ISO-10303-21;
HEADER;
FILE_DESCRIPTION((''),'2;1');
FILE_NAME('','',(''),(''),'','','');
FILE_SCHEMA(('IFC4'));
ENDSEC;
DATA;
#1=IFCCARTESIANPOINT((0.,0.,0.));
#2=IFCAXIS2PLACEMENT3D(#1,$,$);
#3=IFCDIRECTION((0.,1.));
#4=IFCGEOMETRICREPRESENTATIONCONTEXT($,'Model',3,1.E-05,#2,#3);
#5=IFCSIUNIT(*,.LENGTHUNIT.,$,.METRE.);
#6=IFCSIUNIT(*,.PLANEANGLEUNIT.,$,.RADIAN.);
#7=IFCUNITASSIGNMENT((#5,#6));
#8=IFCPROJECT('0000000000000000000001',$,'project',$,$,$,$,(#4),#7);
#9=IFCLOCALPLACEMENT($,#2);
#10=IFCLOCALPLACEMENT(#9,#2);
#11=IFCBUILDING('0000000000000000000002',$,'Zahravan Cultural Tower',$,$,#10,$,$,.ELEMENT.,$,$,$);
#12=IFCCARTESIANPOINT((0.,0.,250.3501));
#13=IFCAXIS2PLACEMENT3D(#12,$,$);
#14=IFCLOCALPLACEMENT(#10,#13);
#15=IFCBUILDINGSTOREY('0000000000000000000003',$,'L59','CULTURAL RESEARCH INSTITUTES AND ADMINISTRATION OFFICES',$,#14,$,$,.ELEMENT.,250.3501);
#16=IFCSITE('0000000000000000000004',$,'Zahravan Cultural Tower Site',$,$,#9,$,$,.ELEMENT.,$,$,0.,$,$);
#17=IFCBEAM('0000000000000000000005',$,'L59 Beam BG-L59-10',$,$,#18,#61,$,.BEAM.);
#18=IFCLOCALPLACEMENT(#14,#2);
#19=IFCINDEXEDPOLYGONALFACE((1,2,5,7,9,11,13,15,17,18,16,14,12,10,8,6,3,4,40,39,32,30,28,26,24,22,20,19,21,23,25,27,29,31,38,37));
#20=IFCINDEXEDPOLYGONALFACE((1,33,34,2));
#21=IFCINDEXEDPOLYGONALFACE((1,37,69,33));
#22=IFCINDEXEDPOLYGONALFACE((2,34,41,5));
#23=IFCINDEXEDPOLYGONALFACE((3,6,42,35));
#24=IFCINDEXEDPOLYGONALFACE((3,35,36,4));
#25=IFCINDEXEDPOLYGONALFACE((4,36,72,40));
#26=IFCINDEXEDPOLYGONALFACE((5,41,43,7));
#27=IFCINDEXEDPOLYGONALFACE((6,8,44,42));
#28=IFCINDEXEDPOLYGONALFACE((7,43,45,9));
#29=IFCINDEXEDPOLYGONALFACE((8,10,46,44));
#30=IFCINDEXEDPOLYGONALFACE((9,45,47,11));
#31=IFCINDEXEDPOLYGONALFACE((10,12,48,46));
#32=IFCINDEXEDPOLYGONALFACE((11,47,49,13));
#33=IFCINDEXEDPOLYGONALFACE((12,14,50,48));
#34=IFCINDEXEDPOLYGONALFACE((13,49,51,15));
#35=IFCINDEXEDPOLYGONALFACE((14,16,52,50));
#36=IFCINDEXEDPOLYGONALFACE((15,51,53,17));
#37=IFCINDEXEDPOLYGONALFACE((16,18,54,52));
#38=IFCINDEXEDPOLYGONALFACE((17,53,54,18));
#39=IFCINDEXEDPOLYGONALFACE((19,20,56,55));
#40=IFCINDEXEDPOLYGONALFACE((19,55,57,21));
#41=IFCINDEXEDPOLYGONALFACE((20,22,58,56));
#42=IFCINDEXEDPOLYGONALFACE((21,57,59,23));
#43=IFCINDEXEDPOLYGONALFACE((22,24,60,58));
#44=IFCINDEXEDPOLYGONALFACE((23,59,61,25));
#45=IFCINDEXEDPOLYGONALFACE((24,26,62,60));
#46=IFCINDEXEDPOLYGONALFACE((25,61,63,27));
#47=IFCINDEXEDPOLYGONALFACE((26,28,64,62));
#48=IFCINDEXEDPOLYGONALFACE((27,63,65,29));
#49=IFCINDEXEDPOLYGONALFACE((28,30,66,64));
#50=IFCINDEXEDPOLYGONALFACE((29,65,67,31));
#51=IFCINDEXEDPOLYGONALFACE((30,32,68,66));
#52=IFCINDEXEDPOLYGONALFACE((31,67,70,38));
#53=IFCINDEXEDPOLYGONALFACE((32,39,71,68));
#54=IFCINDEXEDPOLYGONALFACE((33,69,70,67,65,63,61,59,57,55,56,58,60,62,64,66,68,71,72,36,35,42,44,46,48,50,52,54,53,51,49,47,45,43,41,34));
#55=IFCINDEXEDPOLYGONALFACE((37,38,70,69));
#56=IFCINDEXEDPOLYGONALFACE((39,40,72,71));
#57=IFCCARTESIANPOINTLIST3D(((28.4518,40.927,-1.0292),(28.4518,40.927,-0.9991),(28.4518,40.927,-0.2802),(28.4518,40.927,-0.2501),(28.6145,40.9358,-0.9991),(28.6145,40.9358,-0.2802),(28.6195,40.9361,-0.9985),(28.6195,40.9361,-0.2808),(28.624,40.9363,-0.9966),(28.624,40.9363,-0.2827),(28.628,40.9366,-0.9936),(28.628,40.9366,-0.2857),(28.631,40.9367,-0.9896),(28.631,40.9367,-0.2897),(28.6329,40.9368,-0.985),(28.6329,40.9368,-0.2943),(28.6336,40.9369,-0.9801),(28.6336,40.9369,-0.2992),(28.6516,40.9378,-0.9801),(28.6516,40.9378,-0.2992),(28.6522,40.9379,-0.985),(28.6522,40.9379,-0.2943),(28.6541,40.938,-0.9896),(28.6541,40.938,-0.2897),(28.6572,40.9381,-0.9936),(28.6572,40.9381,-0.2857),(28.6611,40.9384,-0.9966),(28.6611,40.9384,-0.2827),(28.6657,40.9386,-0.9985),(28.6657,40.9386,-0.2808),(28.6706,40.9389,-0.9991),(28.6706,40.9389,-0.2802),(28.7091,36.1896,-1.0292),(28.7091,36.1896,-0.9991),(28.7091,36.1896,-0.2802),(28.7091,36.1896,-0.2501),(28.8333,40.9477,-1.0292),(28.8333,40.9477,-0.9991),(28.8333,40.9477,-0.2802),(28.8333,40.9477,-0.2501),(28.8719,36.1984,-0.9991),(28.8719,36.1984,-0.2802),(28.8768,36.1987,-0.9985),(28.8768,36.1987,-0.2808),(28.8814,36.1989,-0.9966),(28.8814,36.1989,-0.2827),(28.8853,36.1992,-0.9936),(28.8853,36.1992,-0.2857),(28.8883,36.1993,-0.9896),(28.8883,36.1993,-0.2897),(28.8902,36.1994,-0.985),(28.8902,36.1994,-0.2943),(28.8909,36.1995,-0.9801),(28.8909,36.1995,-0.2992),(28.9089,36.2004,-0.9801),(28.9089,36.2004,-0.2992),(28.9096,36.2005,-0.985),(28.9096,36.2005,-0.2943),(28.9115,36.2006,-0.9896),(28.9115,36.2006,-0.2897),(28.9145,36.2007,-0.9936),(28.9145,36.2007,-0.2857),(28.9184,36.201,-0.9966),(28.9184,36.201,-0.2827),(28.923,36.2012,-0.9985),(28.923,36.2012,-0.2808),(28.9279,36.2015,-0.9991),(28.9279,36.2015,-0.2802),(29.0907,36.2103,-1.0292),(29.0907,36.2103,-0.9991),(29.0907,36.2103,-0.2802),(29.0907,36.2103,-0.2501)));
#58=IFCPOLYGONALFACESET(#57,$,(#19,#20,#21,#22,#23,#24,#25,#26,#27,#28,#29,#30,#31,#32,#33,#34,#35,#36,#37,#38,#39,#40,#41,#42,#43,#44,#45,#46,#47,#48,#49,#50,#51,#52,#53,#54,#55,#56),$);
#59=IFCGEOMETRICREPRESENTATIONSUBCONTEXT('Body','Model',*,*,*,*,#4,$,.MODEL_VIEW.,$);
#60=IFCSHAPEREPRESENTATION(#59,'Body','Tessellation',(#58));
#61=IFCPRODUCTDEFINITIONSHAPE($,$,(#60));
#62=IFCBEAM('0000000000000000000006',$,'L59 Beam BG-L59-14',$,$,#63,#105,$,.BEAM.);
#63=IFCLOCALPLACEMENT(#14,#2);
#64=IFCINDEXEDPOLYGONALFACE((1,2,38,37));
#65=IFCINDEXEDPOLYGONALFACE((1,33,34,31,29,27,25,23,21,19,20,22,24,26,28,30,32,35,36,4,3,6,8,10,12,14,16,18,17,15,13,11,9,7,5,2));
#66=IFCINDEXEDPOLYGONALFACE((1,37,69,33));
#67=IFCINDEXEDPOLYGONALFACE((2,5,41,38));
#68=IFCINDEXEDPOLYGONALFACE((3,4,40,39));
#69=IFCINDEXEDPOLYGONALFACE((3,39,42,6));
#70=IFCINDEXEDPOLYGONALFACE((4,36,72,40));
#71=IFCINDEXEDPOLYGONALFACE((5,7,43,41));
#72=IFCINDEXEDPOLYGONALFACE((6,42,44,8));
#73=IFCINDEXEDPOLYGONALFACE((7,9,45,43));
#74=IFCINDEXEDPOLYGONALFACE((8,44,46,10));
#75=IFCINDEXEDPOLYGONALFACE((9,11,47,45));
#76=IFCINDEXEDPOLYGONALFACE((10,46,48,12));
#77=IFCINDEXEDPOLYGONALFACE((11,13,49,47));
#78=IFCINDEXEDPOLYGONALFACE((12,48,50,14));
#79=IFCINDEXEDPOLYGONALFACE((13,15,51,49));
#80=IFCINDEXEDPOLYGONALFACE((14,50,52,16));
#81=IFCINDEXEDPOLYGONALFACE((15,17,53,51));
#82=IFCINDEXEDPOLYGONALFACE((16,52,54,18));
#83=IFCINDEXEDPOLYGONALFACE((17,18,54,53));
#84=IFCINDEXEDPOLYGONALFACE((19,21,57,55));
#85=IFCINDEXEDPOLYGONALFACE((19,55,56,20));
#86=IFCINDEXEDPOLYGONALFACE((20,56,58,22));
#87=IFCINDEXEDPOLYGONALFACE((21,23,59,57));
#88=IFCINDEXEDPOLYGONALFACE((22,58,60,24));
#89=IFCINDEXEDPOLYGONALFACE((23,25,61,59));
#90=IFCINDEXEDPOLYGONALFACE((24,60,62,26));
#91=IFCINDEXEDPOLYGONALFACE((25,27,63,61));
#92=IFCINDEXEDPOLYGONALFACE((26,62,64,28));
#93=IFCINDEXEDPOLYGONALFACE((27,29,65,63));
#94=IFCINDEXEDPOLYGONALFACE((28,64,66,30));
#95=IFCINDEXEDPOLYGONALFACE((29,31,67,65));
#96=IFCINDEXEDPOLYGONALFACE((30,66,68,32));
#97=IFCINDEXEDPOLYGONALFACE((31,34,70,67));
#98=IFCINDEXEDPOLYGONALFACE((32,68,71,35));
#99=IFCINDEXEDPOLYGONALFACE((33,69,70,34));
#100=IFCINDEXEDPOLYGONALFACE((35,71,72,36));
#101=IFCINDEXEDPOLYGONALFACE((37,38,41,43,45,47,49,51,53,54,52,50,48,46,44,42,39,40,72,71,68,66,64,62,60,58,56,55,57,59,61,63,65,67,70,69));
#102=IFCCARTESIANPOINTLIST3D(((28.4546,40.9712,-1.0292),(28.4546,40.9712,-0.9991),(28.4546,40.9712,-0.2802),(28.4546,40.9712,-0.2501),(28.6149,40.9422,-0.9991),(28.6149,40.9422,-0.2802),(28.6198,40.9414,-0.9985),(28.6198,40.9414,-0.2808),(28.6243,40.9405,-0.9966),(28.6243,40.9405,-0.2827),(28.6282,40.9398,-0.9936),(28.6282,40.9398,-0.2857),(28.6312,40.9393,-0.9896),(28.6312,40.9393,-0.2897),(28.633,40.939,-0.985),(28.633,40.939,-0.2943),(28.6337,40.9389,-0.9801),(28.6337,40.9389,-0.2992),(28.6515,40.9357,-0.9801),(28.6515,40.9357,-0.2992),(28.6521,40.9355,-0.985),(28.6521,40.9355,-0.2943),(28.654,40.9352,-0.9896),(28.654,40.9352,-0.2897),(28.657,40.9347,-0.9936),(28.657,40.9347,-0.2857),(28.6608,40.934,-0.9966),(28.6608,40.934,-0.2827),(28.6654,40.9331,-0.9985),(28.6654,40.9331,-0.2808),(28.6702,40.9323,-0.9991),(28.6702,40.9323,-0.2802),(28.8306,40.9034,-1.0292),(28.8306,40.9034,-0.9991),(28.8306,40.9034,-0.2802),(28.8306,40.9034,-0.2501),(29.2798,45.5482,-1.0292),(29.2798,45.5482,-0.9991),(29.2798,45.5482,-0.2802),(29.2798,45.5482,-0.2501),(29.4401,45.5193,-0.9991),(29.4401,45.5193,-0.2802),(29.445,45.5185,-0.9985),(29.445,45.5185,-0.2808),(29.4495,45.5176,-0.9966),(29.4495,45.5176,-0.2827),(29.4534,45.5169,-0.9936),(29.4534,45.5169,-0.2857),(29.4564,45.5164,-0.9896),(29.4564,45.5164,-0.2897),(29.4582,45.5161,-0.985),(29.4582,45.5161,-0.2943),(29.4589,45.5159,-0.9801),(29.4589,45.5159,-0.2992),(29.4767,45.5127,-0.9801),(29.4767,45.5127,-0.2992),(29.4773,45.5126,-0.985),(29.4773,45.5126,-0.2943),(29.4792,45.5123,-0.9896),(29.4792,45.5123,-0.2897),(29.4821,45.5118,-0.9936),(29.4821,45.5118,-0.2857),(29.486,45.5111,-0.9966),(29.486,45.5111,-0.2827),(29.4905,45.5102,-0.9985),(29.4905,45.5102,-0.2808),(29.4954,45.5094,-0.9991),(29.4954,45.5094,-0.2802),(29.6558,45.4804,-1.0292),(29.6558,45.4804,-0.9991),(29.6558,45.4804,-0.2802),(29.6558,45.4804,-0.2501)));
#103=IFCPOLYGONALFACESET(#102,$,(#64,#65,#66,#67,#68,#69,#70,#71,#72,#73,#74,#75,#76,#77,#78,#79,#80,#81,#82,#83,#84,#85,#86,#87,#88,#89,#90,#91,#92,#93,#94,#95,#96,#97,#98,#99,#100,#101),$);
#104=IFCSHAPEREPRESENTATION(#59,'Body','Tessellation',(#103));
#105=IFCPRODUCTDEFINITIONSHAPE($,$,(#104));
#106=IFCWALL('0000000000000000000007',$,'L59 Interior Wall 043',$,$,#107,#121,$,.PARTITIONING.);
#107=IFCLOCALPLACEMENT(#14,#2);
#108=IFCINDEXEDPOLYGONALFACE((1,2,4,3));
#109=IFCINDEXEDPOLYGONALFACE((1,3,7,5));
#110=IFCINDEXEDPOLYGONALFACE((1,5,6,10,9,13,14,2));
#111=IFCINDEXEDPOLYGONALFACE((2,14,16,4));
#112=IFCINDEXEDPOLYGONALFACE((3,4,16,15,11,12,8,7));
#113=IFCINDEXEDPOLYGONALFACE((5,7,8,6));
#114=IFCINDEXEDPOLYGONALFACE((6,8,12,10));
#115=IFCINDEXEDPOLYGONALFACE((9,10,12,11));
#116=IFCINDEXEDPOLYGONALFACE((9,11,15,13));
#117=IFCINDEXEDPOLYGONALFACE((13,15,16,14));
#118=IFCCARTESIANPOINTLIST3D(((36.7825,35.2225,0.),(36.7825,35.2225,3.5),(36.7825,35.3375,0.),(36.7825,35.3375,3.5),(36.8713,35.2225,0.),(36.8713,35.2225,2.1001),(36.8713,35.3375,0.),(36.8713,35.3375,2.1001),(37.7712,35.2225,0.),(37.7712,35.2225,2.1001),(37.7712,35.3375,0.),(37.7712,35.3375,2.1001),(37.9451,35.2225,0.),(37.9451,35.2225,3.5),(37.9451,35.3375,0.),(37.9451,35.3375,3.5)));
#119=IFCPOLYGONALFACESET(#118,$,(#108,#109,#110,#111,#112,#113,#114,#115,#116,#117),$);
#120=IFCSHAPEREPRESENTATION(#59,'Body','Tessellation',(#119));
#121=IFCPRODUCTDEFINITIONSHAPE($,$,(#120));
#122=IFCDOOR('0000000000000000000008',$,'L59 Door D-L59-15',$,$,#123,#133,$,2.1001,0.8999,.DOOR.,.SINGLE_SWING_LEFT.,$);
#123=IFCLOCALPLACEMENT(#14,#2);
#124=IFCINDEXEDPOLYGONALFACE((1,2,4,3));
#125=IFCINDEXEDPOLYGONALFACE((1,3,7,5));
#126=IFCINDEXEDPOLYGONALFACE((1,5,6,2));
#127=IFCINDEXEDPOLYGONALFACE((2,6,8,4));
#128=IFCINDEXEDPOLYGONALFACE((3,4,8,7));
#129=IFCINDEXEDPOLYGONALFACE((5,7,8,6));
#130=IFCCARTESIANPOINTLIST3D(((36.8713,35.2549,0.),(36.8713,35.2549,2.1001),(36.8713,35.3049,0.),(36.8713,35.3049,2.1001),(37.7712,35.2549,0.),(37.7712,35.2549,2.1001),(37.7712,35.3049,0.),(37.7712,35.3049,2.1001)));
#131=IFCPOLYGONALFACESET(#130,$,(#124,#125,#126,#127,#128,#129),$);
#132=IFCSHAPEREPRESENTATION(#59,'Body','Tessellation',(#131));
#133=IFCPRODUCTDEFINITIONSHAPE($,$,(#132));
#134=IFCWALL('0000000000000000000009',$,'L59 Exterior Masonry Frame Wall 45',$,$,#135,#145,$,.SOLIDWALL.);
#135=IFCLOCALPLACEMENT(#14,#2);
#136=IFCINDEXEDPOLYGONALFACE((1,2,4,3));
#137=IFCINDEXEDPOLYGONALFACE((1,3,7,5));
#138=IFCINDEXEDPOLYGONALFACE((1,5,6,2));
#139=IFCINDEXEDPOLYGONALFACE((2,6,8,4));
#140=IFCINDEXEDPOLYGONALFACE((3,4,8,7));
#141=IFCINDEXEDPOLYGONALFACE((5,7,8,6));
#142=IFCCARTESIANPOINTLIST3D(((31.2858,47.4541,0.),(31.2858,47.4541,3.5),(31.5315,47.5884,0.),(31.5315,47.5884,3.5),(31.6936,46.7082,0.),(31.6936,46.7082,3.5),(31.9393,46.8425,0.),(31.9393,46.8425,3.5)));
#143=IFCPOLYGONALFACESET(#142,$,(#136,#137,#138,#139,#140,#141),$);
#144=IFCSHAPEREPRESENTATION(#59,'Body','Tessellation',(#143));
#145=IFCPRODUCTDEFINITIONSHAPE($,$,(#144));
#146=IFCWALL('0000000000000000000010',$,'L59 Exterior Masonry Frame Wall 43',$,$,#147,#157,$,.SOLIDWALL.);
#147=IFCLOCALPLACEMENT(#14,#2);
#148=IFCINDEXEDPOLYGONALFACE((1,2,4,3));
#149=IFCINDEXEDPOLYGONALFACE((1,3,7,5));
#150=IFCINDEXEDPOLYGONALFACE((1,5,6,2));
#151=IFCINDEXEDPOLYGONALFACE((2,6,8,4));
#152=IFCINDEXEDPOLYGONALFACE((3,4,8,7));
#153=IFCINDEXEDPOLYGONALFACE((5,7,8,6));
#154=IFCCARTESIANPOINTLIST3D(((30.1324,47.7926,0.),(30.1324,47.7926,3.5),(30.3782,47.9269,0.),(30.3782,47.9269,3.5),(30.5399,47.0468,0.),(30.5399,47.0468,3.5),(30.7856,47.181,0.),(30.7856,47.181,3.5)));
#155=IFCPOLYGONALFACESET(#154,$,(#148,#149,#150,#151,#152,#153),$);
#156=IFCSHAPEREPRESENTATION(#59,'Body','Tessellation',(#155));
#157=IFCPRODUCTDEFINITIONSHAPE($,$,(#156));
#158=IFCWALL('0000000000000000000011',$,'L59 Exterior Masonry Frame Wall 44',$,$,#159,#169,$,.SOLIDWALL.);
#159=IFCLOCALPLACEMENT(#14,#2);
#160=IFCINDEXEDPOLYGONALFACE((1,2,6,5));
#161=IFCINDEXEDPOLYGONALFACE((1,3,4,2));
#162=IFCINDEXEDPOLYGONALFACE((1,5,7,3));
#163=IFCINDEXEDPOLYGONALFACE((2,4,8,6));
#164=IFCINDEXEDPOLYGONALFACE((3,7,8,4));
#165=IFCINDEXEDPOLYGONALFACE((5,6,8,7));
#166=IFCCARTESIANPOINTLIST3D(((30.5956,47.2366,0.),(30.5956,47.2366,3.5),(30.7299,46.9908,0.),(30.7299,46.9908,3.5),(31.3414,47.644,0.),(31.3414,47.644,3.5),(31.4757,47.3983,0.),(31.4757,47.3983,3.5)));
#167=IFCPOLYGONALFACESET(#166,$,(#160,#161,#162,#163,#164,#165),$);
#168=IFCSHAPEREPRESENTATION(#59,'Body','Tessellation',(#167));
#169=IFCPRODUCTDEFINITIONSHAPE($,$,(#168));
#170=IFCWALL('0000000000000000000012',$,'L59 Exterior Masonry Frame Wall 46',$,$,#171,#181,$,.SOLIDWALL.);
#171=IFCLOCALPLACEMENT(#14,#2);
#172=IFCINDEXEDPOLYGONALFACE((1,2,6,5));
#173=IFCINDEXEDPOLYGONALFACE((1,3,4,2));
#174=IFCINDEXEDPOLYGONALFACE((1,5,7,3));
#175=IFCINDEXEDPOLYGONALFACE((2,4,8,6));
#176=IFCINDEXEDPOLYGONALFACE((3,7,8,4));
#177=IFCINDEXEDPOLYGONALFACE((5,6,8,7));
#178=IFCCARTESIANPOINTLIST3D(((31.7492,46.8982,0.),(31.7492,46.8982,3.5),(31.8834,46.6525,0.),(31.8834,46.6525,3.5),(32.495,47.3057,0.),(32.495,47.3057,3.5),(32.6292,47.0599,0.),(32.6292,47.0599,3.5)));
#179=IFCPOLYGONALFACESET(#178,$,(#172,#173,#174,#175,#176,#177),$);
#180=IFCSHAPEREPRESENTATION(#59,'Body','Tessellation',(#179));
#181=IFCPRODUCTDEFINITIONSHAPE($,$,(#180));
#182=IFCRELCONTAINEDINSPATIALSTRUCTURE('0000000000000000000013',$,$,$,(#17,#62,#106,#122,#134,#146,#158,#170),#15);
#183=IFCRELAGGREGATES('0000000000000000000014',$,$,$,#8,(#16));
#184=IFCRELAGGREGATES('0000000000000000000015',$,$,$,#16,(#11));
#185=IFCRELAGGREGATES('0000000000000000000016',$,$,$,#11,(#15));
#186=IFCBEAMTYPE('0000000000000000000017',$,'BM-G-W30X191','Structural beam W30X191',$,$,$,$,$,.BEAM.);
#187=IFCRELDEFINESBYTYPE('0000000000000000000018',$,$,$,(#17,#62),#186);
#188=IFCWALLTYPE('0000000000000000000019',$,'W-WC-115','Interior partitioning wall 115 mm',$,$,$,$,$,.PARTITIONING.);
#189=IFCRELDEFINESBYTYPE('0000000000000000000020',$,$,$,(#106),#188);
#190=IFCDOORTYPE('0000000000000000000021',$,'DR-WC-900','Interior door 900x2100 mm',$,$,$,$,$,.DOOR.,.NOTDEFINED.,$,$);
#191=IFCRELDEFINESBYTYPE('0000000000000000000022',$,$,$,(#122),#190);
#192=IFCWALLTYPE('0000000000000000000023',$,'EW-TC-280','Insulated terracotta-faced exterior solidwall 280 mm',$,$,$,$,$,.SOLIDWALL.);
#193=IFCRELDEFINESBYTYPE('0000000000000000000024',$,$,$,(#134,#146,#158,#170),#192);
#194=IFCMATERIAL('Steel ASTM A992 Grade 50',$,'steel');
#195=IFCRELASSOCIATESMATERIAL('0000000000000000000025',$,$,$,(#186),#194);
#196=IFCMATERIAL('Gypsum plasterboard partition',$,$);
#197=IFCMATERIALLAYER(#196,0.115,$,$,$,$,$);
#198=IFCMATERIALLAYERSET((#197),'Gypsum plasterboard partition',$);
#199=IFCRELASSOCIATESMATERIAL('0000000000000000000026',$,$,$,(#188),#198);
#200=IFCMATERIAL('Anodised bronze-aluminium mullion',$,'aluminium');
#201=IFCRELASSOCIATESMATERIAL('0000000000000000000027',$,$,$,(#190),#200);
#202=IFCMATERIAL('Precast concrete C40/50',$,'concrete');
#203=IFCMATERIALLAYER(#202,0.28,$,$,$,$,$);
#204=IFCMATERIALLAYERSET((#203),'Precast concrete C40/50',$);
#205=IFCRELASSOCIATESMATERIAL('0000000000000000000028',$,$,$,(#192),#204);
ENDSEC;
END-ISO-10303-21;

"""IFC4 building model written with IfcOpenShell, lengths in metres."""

from ifc_helpers import new_model, si_unit, direction, frame, frame_2d, origin, origin_2d, place, context, subcontext, project, spatial, rectangle, i_section, extrude, source, transform, mapped, material, layer, layer_set, material_profile, profile_set, type_object, element, fill, save


model = new_model("IFC4")

# Units and contexts
model_context = context("Model", 3, precision=1e-05, world=origin(), true_north=direction((0.0, 1.0)))
body_context = subcontext(model_context, "Body", "Model", "MODEL_VIEW")
ifc_project = project(units=[si_unit("LENGTHUNIT", "METRE"), si_unit("PLANEANGLEUNIT", "RADIAN")], contexts=[model_context])

# Site, building, storey
site_placement = place(None, origin())
site = spatial("IfcSite", under=ifc_project, at=site_placement, Name="Zahravan Cultural Tower Site", CompositionType="ELEMENT", RefElevation=0.0)
building_placement = place(site_placement, origin())
building = spatial("IfcBuilding", under=site, at=building_placement, Name="Zahravan Cultural Tower", CompositionType="ELEMENT")
storey_placement = place(building_placement, frame((0.0, 0.0, 250.3501)))
storey = spatial("IfcBuildingStorey", under=building, at=storey_placement, Name="L59", Description="CULTURAL RESEARCH INSTITUTES AND ADMINISTRATION OFFICES", CompositionType="ELEMENT", Elevation=250.3501)

# Shared definitions
ifc_material_1 = material(Name="Steel ASTM A992 Grade 50", Category="steel")

# Beams
ifc_material_profile_1 = material_profile(ifc_material_1, i_section(OverallWidth=0.3821, OverallDepth=0.7791, WebThickness=0.0181, FlangeThickness=0.03, FilletRadius=0.019, at=origin_2d()), Name="W30X191")
ifc_profile_set_1 = profile_set([ifc_material_profile_1], Name="Steel ASTM A992 Grade 50")
beam_type_1 = type_object("IfcBeamType", Name="BM-G-W30X191", Description="Structural beam W30X191", PredefinedType="BEAM", material=ifc_profile_set_1)
shared_shape_1 = source(origin(), body_context, "Body", "SweptSolid", [
    extrude(i_section(OverallWidth=0.3821, OverallDepth=0.7791, WebThickness=0.0181, FlangeThickness=0.03, FilletRadius=0.019, at=origin_2d()), origin(), (0.0, 0.0, 1.0), 4.7444),
])
beam_1_placement = place(storey_placement, frame((28.8999, 36.2, -0.6396), z_axis=(-0.054239, 0.998528, 0.0), x_axis=(-0.998528, -0.054239, 0.0)))
element("IfcBeam", 1, at=beam_1_placement, inside=storey, type_object=beam_type_1, Name="L59 Beam BG-L59-10", PredefinedType="BEAM", context=body_context, shape_type="MappedRepresentation", body=[
    mapped(shared_shape_1, transform((0.0, 0.0, 0.0), x_axis=(1.0, 0.0, 0.0), y_axis=(0.0, 1.0, 0.0), z_axis=(0.0, 0.0, 1.0), scale=1.0)),
])
shared_shape_2 = source(origin(), body_context, "Body", "SweptSolid", [
    extrude(i_section(OverallWidth=0.3821, OverallDepth=0.7791, WebThickness=0.0181, FlangeThickness=0.03, FilletRadius=0.019, at=origin_2d()), origin(), (0.0, 0.0, 1.0), 4.6509),
])
beam_2_placement = place(storey_placement, frame((28.6426, 40.9373, -0.6396), z_axis=(0.177426, 0.984134, 0.0), x_axis=(-0.984134, 0.177426, 0.0)))
element("IfcBeam", 2, at=beam_2_placement, inside=storey, type_object=beam_type_1, Name="L59 Beam BG-L59-14", PredefinedType="BEAM", context=body_context, shape_type="MappedRepresentation", body=[
    mapped(shared_shape_2, transform((0.0, 0.0, 0.0), x_axis=(1.0, 0.0, 0.0), y_axis=(0.0, 1.0, 0.0), z_axis=(0.0, 0.0, 1.0), scale=1.0)),
])

# Wall, opening, door
ifc_material_2 = material(Name="Gypsum plasterboard partition")
ifc_layer_1 = layer(ifc_material_2, 0.115)
ifc_layer_set_1 = layer_set([ifc_layer_1], Name="Gypsum plasterboard partition")
wall_type_1 = type_object("IfcWallType", Name="W-WC-115", Description="Interior partitioning wall 115 mm", PredefinedType="PARTITIONING", material=ifc_layer_set_1)
wall_1_placement = place(storey_placement, frame((36.7825, 35.28, 0.0), z_axis=(0.0, 0.0, 1.0), x_axis=(1.0, 0.0, 0.0)))
wall_1 = element("IfcWall", 3, at=wall_1_placement, inside=storey, type_object=wall_type_1, Name="L59 Interior Wall 043", PredefinedType="PARTITIONING", context=body_context, shape_type="SweptSolid", body=[
    extrude(rectangle(XDim=1.1626, YDim=0.115, at=frame_2d((0.5813, 0.0))), origin(), (0.0, 0.0, 1.0), 3.5),
])
opening_placement = place(wall_1_placement, frame((0.0889, 0.0, 0.0)))
opening = element("IfcOpeningElement", 4, at=opening_placement, cuts=wall_1, PredefinedType="OPENING", context=body_context, shape_type="SweptSolid", body=[
    extrude(rectangle(XDim=0.8999, YDim=2.1001, at=frame_2d((0.45, 1.05))), frame((0.0, 0.0674, 0.0), z_axis=(0.0, -1.0, 0.0), x_axis=(1.0, 0.0, 0.0)), (0.0, 0.0, 1.0), 0.135),
])
ifc_material_3 = material(Name="Anodised bronze-aluminium mullion", Category="aluminium")
door_type = type_object("IfcDoorType", Name="DR-WC-900", Description="Interior door 900x2100 mm", OperationType="NOTDEFINED", PredefinedType="DOOR", material=ifc_material_3)
shared_shape_3 = source(origin(), body_context, "Body", "SweptSolid", [
    extrude(rectangle(XDim=0.8999, YDim=2.1001, at=frame_2d((0.45, 1.05))), frame((0.0, 0.0249, 0.0), z_axis=(0.0, -1.0, 0.0), x_axis=(1.0, 0.0, 0.0)), (0.0, 0.0, 1.0), 0.05),
])
door_placement = place(opening_placement, origin())
door = element("IfcDoor", 5, at=door_placement, inside=storey, type_object=door_type, Name="L59 Door D-L59-15", OperationType="SINGLE_SWING_LEFT", OverallHeight=2.1001, OverallWidth=0.8999, PredefinedType="DOOR", context=body_context, shape_type="MappedRepresentation", body=[
    mapped(shared_shape_3, transform((0.0, 0.0, 0.0), x_axis=(1.0, 0.0, 0.0), y_axis=(0.0, 1.0, 0.0), z_axis=(0.0, 0.0, 1.0), scale=1.0)),
])
fill(opening, door)

# Walls
ifc_material_4 = material(Name="Precast concrete C40/50", Category="concrete")
ifc_layer_2 = layer(ifc_material_4, 0.28)
ifc_layer_set_2 = layer_set([ifc_layer_2], Name="Precast concrete C40/50")
wall_type_2 = type_object("IfcWallType", Name="EW-TC-280", Description="Insulated terracotta-faced exterior solidwall 280 mm", PredefinedType="SOLIDWALL", material=ifc_layer_set_2)
shared_shape_4 = source(origin(), body_context, "Body", "SweptSolid", [
    extrude(rectangle(XDim=0.8501, YDim=0.28, at=frame_2d((0.425, 0.0))), origin(), (0.0, 0.0, 1.0), 3.5),
])
wall_2_placement = place(storey_placement, frame((31.4087, 47.5212, 0.0), z_axis=(0.0, 0.0, 1.0), x_axis=(0.479657, -0.877456, 0.0)))
element("IfcWall", 6, at=wall_2_placement, inside=storey, type_object=wall_type_2, Name="L59 Exterior Masonry Frame Wall 45", PredefinedType="SOLIDWALL", context=body_context, shape_type="MappedRepresentation", body=[
    mapped(shared_shape_4, transform((0.0, 0.0, 0.0), x_axis=(1.0, 0.0, 0.0), y_axis=(0.0, 1.0, 0.0), z_axis=(0.0, 0.0, 1.0), scale=1.0)),
])
shared_shape_5 = source(origin(), body_context, "Body", "SweptSolid", [
    extrude(rectangle(XDim=0.8499, YDim=0.28, at=frame_2d((0.4248, 0.0))), origin(), (0.0, 0.0, 1.0), 3.5),
])
for number, where, z_axis, x_axis, name in (
    (7, (30.2554, 47.8596, 0.0), (0.0, 0.0, 1.0), (0.479436, -0.877577, 0.0), "L59 Exterior Masonry Frame Wall 43"),
    (8, (30.6628, 47.1138, 0.0), (0.0, 0.0, 1.0), (0.877577, 0.479436, 0.0), "L59 Exterior Masonry Frame Wall 44"),
    (9, (31.8164, 46.7754, 0.0), (0.0, 0.0, 1.0), (0.877577, 0.479436, 0.0), "L59 Exterior Masonry Frame Wall 46"),
):
    element("IfcWall", number, at=place(storey_placement, frame(where, z_axis=z_axis, x_axis=x_axis)), inside=storey, type_object=wall_type_2, Name=name, PredefinedType="SOLIDWALL", context=body_context, shape_type="MappedRepresentation", body=[
        mapped(shared_shape_5, transform((0.0, 0.0, 0.0), x_axis=(1.0, 0.0, 0.0), y_axis=(0.0, 1.0, 0.0), z_axis=(0.0, 0.0, 1.0), scale=1.0)),
    ])

save(model, "model.ifc")
